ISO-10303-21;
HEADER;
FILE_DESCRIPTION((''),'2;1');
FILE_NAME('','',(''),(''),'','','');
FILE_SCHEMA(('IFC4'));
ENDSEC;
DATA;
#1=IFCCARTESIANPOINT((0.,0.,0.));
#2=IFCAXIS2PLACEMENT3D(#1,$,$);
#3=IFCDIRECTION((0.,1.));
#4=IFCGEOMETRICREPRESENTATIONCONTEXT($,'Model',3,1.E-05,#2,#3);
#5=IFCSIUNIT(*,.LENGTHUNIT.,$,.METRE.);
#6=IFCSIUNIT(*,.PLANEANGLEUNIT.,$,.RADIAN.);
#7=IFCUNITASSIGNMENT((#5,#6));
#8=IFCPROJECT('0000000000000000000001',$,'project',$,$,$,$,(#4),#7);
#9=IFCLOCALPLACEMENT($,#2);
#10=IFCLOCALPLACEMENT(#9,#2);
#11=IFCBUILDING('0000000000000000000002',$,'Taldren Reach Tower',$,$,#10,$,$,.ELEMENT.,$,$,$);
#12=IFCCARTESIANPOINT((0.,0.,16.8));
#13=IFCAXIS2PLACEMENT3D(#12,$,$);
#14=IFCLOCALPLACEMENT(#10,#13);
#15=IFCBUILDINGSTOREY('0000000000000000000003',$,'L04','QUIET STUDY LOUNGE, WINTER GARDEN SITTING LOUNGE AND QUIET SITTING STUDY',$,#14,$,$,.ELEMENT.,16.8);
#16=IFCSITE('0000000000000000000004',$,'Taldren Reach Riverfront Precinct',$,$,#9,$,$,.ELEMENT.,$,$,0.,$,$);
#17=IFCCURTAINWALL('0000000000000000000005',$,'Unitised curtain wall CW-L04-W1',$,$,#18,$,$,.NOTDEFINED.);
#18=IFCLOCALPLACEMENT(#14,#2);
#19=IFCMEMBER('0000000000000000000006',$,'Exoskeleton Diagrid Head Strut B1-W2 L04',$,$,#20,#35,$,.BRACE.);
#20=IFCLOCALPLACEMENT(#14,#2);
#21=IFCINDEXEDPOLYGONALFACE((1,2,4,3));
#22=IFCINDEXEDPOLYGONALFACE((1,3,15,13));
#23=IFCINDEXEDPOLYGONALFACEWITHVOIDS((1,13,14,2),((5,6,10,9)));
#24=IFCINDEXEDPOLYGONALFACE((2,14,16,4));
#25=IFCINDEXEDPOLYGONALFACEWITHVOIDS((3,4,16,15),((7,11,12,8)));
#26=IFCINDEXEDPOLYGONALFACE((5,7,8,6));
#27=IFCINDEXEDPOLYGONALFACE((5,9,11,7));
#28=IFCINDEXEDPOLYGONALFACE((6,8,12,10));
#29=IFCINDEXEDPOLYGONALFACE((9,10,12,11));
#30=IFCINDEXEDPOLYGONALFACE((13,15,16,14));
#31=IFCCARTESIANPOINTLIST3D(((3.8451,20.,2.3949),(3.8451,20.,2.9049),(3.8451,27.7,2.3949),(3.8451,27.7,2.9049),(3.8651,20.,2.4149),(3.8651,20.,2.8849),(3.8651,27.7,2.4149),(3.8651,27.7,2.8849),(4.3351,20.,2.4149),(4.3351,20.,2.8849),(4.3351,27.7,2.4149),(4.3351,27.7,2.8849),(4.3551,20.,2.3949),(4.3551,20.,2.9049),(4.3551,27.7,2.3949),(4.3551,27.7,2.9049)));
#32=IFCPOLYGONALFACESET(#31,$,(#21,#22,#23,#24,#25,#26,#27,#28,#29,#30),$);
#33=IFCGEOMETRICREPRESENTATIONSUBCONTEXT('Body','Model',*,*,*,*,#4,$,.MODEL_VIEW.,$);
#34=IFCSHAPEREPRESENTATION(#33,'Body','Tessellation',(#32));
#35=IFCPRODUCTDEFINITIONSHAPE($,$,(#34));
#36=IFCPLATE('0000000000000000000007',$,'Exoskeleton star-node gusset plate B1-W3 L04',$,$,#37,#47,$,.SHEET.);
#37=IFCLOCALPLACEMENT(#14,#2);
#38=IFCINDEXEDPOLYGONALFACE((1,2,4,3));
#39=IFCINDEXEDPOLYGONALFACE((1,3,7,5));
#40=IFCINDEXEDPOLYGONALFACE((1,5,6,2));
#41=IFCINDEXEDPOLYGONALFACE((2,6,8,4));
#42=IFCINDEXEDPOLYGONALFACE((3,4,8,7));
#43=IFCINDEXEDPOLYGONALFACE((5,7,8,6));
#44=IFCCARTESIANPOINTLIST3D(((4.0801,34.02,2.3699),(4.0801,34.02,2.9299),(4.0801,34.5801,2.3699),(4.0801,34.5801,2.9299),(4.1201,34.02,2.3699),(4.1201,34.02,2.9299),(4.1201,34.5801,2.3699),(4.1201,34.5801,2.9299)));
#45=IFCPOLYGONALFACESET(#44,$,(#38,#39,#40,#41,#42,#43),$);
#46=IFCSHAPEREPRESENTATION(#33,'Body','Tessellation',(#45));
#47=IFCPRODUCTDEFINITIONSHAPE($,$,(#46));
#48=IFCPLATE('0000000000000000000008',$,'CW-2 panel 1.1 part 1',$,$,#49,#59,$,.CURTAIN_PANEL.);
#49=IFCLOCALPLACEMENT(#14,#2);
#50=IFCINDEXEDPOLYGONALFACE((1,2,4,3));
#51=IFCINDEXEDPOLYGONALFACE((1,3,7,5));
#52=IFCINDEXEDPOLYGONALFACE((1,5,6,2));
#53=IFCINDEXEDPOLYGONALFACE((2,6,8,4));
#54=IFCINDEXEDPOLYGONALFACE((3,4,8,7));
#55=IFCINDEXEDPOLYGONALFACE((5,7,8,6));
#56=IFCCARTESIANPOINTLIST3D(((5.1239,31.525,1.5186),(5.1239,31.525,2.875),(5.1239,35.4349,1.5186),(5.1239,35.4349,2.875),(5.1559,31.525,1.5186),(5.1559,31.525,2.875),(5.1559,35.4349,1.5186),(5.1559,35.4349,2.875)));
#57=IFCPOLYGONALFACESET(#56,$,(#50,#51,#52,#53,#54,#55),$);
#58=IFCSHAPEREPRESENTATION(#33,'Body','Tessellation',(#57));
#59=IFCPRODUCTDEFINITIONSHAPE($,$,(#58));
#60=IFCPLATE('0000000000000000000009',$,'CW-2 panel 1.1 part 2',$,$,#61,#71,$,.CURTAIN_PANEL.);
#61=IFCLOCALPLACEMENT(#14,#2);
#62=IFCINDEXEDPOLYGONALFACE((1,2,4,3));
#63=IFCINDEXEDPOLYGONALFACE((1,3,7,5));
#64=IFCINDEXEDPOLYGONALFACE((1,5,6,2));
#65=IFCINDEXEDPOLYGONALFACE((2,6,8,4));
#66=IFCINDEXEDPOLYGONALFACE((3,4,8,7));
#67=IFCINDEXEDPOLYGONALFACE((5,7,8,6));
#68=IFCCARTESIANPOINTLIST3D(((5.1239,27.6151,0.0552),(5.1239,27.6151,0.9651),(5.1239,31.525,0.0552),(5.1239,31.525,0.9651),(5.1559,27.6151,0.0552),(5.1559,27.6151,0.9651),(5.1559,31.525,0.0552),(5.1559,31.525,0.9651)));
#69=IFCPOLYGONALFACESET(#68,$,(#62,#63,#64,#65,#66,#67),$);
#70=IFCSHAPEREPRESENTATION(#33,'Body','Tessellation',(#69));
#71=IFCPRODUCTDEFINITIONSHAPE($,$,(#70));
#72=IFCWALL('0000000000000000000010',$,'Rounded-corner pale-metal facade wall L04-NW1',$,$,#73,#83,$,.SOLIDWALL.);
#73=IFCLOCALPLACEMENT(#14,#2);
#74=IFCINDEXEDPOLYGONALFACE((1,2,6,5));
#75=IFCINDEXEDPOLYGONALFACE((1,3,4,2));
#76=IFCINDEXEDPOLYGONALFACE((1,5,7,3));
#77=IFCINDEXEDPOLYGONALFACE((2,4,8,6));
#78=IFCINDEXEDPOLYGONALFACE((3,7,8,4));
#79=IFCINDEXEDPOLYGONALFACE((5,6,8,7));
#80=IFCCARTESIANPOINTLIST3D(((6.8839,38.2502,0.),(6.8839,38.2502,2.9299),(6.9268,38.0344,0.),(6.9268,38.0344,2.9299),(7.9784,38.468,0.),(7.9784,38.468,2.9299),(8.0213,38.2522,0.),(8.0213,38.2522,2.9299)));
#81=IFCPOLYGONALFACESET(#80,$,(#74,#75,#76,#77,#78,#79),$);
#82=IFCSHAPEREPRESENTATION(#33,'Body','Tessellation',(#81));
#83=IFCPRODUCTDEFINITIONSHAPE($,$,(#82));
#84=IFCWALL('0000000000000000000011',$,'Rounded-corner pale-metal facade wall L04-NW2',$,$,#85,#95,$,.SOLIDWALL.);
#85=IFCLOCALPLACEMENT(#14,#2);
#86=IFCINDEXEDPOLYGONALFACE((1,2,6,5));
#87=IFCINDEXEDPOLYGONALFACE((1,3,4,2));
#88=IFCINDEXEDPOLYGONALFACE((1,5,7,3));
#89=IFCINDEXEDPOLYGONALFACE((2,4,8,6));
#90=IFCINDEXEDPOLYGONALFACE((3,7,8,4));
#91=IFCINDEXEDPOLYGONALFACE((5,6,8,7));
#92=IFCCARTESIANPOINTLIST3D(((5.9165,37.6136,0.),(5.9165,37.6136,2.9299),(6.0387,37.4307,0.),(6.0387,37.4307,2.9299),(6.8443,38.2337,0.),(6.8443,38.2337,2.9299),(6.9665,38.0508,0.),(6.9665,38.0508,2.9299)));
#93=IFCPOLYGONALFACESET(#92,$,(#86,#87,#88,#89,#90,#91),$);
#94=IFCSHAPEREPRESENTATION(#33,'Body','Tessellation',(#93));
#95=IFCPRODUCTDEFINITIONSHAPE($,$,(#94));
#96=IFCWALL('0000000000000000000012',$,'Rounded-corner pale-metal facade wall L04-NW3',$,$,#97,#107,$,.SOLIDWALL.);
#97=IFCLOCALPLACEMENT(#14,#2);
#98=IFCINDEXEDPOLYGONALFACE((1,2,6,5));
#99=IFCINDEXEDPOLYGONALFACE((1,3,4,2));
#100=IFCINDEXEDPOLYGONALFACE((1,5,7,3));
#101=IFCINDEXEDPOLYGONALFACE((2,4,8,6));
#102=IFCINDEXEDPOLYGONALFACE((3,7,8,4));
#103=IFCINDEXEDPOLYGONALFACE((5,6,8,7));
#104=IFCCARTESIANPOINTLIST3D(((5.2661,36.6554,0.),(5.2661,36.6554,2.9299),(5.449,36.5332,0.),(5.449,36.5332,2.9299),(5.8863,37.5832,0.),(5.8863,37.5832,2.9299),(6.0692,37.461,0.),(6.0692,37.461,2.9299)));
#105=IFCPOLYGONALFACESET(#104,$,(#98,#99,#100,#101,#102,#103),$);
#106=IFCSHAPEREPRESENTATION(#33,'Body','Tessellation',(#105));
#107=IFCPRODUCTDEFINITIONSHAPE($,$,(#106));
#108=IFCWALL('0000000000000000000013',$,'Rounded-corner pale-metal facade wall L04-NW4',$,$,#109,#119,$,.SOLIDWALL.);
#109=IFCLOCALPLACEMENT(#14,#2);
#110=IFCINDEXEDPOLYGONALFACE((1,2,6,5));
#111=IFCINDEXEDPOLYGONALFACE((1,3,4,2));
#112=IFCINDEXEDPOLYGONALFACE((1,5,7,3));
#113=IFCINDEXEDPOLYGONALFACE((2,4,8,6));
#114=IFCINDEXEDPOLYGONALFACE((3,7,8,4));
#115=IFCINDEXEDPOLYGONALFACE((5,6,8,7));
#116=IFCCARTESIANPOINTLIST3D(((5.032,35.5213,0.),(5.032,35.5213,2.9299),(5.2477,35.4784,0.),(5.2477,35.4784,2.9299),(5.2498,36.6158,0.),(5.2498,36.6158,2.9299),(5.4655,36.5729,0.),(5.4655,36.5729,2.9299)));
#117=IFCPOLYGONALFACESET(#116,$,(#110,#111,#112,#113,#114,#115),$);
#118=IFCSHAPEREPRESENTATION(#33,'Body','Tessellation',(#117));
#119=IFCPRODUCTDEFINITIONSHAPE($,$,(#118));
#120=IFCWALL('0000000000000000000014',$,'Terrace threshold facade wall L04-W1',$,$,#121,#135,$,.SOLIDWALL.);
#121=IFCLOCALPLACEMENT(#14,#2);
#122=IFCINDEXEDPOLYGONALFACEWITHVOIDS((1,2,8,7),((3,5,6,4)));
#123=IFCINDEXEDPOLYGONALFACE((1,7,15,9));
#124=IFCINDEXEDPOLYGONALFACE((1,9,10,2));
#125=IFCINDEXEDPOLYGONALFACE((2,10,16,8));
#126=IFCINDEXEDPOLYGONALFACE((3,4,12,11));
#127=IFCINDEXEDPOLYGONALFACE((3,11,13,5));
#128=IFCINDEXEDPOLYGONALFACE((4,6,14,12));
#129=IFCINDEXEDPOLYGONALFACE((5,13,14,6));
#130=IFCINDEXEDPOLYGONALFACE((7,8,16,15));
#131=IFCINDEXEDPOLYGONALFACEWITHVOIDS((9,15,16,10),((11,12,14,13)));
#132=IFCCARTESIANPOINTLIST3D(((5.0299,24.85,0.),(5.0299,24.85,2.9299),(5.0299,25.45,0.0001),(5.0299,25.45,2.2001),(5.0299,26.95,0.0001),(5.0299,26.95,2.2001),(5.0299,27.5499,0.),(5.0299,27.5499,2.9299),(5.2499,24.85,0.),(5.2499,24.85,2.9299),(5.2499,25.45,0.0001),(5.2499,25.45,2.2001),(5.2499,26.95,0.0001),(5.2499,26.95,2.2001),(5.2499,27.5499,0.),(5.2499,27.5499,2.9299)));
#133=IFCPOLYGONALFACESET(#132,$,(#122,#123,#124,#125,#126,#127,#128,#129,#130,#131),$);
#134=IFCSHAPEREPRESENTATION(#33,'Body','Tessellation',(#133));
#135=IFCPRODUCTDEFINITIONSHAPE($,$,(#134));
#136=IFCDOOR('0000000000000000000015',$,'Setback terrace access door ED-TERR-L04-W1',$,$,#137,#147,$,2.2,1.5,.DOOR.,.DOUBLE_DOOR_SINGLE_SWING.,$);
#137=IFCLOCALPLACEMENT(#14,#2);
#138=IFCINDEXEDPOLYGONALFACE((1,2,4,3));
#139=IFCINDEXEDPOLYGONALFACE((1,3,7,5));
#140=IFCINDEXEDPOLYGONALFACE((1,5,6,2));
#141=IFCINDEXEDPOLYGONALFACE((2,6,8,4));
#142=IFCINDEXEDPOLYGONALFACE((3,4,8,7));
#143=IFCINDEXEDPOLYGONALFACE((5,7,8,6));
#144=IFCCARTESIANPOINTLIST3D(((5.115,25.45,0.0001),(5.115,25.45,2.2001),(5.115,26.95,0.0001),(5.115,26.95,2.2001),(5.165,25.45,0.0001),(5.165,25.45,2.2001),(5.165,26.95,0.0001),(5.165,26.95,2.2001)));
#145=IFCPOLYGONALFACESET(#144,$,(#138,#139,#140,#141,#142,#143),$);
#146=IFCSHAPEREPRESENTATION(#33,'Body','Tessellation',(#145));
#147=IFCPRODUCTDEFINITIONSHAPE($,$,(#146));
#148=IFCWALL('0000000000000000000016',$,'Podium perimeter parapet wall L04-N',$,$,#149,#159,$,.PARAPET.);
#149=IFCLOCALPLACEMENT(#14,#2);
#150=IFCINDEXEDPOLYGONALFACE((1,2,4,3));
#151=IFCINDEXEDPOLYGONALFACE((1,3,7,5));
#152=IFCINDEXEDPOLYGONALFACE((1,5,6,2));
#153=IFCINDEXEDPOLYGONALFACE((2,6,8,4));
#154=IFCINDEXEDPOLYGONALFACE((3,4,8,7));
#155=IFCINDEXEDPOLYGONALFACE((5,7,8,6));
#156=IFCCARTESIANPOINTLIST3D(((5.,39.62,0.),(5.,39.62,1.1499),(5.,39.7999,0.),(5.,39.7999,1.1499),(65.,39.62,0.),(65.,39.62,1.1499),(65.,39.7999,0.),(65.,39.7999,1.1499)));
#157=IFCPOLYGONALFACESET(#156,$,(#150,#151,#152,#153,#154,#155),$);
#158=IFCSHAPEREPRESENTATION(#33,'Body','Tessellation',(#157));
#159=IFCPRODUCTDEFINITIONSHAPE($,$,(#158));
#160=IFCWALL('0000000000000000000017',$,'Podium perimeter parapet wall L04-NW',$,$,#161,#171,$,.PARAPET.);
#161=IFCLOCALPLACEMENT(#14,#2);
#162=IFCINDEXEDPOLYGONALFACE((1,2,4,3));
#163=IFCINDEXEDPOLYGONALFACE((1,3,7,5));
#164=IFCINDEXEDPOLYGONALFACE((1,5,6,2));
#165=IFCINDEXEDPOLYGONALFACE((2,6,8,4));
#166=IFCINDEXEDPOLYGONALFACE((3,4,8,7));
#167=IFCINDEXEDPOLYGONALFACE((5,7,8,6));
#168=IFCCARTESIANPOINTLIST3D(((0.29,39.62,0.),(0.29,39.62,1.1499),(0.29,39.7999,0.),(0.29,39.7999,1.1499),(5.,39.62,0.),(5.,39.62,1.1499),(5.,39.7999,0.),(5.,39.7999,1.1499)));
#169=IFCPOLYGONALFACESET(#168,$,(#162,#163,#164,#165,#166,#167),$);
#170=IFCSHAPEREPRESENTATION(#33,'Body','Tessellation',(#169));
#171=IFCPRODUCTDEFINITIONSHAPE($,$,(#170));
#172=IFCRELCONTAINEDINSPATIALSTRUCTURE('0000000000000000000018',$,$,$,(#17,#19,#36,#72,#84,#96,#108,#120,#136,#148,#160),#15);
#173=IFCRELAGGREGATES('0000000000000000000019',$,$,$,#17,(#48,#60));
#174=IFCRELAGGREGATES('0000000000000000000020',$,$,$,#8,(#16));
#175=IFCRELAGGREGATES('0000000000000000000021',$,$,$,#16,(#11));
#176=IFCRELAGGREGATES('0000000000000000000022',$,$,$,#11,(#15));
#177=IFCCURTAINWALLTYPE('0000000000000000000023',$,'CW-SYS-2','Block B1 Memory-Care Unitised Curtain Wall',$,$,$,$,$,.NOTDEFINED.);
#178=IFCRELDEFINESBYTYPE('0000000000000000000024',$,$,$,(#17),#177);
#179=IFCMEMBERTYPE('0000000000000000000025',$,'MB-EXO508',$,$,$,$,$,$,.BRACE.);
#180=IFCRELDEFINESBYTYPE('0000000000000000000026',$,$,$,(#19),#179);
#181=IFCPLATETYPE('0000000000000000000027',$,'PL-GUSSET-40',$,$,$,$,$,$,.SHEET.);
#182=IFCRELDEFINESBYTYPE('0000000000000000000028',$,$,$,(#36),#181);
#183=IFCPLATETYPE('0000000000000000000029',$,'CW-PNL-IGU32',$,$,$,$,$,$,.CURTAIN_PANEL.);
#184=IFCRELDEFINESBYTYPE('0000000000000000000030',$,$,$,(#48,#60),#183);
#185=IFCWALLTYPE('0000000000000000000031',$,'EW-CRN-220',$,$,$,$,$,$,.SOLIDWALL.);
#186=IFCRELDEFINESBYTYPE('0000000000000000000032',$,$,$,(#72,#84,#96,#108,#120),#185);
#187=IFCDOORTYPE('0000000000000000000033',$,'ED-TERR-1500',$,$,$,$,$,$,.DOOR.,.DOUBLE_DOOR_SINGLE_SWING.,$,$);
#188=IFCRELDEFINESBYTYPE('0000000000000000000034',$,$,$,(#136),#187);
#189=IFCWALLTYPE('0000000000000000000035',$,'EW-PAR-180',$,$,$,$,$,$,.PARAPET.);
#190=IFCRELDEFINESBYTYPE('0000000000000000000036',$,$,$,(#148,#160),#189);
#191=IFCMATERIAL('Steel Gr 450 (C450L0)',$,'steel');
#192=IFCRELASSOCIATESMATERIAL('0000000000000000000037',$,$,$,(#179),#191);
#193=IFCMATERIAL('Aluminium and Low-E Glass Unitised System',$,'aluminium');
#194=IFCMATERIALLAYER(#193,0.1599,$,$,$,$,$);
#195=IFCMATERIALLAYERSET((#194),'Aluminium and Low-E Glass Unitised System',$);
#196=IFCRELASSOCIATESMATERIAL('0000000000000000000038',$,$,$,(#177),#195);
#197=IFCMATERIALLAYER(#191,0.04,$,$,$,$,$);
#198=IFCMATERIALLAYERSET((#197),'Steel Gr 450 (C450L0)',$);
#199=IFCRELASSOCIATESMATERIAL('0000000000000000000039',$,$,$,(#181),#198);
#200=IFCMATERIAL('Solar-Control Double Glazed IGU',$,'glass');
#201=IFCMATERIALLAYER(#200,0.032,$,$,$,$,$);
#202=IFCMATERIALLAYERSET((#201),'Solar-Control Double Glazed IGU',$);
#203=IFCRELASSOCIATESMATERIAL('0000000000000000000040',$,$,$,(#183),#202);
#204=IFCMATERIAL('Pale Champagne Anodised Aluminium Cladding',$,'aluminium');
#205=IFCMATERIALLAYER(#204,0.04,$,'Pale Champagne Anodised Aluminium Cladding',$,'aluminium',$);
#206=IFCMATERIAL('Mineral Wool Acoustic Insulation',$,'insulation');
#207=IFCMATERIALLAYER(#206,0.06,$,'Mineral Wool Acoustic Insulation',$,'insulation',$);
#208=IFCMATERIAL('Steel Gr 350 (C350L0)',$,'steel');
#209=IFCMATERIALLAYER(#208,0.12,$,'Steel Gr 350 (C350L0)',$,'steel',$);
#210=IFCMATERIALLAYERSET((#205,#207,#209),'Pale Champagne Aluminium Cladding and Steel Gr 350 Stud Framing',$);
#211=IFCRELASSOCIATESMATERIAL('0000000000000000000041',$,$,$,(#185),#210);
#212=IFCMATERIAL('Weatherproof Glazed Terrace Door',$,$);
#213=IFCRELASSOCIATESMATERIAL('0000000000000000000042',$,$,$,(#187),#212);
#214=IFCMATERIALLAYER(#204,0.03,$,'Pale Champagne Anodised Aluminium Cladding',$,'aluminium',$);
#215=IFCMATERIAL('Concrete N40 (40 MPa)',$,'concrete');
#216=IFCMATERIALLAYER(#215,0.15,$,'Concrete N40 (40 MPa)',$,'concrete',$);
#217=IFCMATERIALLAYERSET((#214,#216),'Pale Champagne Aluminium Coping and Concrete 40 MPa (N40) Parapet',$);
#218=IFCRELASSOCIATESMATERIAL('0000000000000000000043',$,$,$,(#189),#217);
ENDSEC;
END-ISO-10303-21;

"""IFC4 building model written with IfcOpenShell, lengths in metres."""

from ifc_helpers import new_model, si_unit, direction, frame, frame_2d, origin, origin_2d, place, context, subcontext, project, spatial, rectangle, hollow_rectangle, extrude, source, transform, mapped, material, layer, layer_set, material_profile, profile_set, type_object, element, fill, aggregate, save


model = new_model("IFC4")

# Units and contexts
model_context = context("Model", 3, precision=1e-05, world=origin(), true_north=direction((0.0, 1.0)))
body_context = subcontext(model_context, "Body", "Model", "MODEL_VIEW")
ifc_project = project(units=[si_unit("LENGTHUNIT", "METRE"), si_unit("PLANEANGLEUNIT", "RADIAN")], contexts=[model_context])

# Site, building, storey
site_placement = place(None, origin())
site = spatial("IfcSite", under=ifc_project, at=site_placement, Name="Taldren Reach Riverfront Precinct", CompositionType="ELEMENT", RefElevation=0.0)
building_placement = place(site_placement, origin())
building = spatial("IfcBuilding", under=site, at=building_placement, Name="Taldren Reach Tower", CompositionType="ELEMENT")
storey_placement = place(building_placement, frame((0.0, 0.0, 16.8)))
storey = spatial("IfcBuildingStorey", under=building, at=storey_placement, Name="L04", Description="QUIET STUDY LOUNGE, WINTER GARDEN SITTING LOUNGE AND QUIET SITTING STUDY", CompositionType="ELEMENT", Elevation=16.8)

# Shared definitions
ifc_material_1 = material(Name="Steel Gr 450 (C450L0)", Category="steel")
ifc_material_2 = material(Name="Steel Gr 350 (C350L0)", Category="steel")
ifc_material_profile_1 = material_profile(ifc_material_1, hollow_rectangle(XDim=0.51, YDim=0.51, WallThickness=0.02, at=origin_2d()), Name="510x510x20.0SHS")
ifc_profile_set_1 = profile_set([ifc_material_profile_1], Name="Steel Gr 450 (C450L0)")
member_type_1 = type_object("IfcMemberType", Name="MB-EXO508", PredefinedType="BRACE", material=ifc_profile_set_1)

# Shared definitions
ifc_material_3 = material(Name="Aluminium and Low-E Glass Unitised System", Category="aluminium")
ifc_layer_1 = layer(ifc_material_3, 0.1599)
ifc_layer_set_1 = layer_set([ifc_layer_1], Name="Aluminium and Low-E Glass Unitised System")
curtain_wall_type = type_object("IfcCurtainWallType", Name="CW-SYS-2", Description="Block B1 Memory-Care Unitised Curtain Wall", PredefinedType="NOTDEFINED", material=ifc_layer_set_1)

# Curtain wall
curtain_wall_1_placement = place(storey_placement, origin())
curtain_wall_1 = element("IfcCurtainWall", 1, at=curtain_wall_1_placement, inside=storey, type_object=curtain_wall_type, Name="Unitised curtain wall CW-L04-W1", PredefinedType="NOTDEFINED")

# Member
shared_shape_1 = source(origin(), body_context, "Body", "SweptSolid", [
    extrude(hollow_rectangle(XDim=0.51, YDim=0.51, WallThickness=0.02, at=origin_2d()), origin(), (0.0, 0.0, 1.0), 7.7),
])
member_1_placement = place(storey_placement, frame((4.1001, 27.7, 2.6499), z_axis=(0.0, -1.0, 0.0), x_axis=(1.0, 0.0, 0.0)))
element("IfcMember", 2, at=member_1_placement, inside=storey, type_object=member_type_1, Name="Exoskeleton Diagrid Head Strut B1-W2 L04", PredefinedType="BRACE", context=body_context, shape_type="MappedRepresentation", body=[
    mapped(shared_shape_1, transform((0.0, 0.0, 0.0), scale=1.0)),
])

# Plates
ifc_layer_2 = layer(ifc_material_1, 0.04)
ifc_layer_set_2 = layer_set([ifc_layer_2], Name="Steel Gr 450 (C450L0)")
plate_type_1 = type_object("IfcPlateType", Name="PL-GUSSET-40", PredefinedType="SHEET", material=ifc_layer_set_2)
shared_shape_2 = source(origin(), body_context, "Body", "SweptSolid", [
    extrude(rectangle(XDim=0.5601, YDim=0.04, at=origin_2d()), origin(), (0.0, 0.0, 1.0), 0.5601),
])
plate_1_placement = place(storey_placement, frame((4.1001, 34.3, 2.3699), z_axis=(0.0, 0.0, 1.0), x_axis=(0.0, 1.0, 0.0)))
element("IfcPlate", 3, at=plate_1_placement, inside=storey, type_object=plate_type_1, Name="Exoskeleton star-node gusset plate B1-W3 L04", PredefinedType="SHEET", context=body_context, shape_type="MappedRepresentation", body=[
    mapped(shared_shape_2, transform((0.0, 0.0, 0.0), scale=1.0)),
])
ifc_material_4 = material(Name="Solar-Control Double Glazed IGU", Category="glass")
ifc_layer_3 = layer(ifc_material_4, 0.032)
ifc_layer_set_3 = layer_set([ifc_layer_3], Name="Solar-Control Double Glazed IGU")
plate_type_2 = type_object("IfcPlateType", Name="CW-PNL-IGU32", PredefinedType="CURTAIN_PANEL", material=ifc_layer_set_3)
shared_shape_3 = source(origin(), body_context, "Body", "SweptSolid", [
    extrude(rectangle(XDim=3.9099, YDim=0.032, at=origin_2d()), origin(), (0.0, 0.0, 1.0), 1.3564),
])
plate_2_placement = place(storey_placement, frame((5.1399, 33.48, 1.5186), z_axis=(0.0, 0.0, 1.0), x_axis=(0.0, -1.0, 0.0)))
plate_2 = element("IfcPlate", 4, at=plate_2_placement, type_object=plate_type_2, Name="CW-2 panel 1.1 part 1", PredefinedType="CURTAIN_PANEL", context=body_context, shape_type="MappedRepresentation", body=[
    mapped(shared_shape_3, transform((0.0, 0.0, 0.0), scale=1.0)),
])
shared_shape_4 = source(origin(), body_context, "Body", "SweptSolid", [
    extrude(rectangle(XDim=3.9099, YDim=0.032, at=origin_2d()), origin(), (0.0, 0.0, 1.0), 0.9099),
])
plate_3_placement = place(storey_placement, frame((5.1399, 29.5701, 0.0552), z_axis=(0.0, 0.0, 1.0), x_axis=(0.0, -1.0, 0.0)))
plate_3 = element("IfcPlate", 5, at=plate_3_placement, type_object=plate_type_2, Name="CW-2 panel 1.1 part 2", PredefinedType="CURTAIN_PANEL", context=body_context, shape_type="MappedRepresentation", body=[
    mapped(shared_shape_4, transform((0.0, 0.0, 0.0), scale=1.0)),
])
aggregate(curtain_wall_1, [plate_2, plate_3])

# Walls
ifc_material_5 = material(Name="Pale Champagne Anodised Aluminium Cladding", Category="aluminium")
ifc_layer_4 = layer(ifc_material_5, 0.04, Name="Pale Champagne Anodised Aluminium Cladding", Category="aluminium")
ifc_material_6 = material(Name="Mineral Wool Acoustic Insulation", Category="insulation")
ifc_layer_5 = layer(ifc_material_6, 0.06, Name="Mineral Wool Acoustic Insulation", Category="insulation")
ifc_layer_6 = layer(ifc_material_2, 0.12, Name="Steel Gr 350 (C350L0)", Category="steel")
ifc_layer_set_4 = layer_set([ifc_layer_4, ifc_layer_5, ifc_layer_6], Name="Pale Champagne Aluminium Cladding and Steel Gr 350 Stud Framing")
wall_type_1 = type_object("IfcWallType", Name="EW-CRN-220", PredefinedType="SOLIDWALL", material=ifc_layer_set_4)
shared_shape_5 = source(origin(), body_context, "Body", "SweptSolid", [
    extrude(rectangle(XDim=1.116, YDim=0.22, at=frame_2d((0.5581, 0.0))), origin(), (0.0, 0.0, 1.0), 2.9299),
])
for number, where, z_axis, x_axis, name in (
    (6, (8.0, 38.3601, 0.0), (0.0, 0.0, 1.0), (-0.980774, -0.195148, 0.0), "Rounded-corner pale-metal facade wall L04-NW1"),
    (7, (6.9055, 38.1423, 0.0), (0.0, 0.0, 1.0), (-0.831377, -0.55571, 0.0), "Rounded-corner pale-metal facade wall L04-NW2"),
    (8, (5.9778, 37.5222, 0.0), (0.0, 0.0, 1.0), (-0.55571, -0.831377, 0.0), "Rounded-corner pale-metal facade wall L04-NW3"),
    (9, (5.3577, 36.5945, 0.0), (0.0, 0.0, 1.0), (-0.195148, -0.980774, 0.0), "Rounded-corner pale-metal facade wall L04-NW4"),
):
    element("IfcWall", number, at=place(storey_placement, frame(where, z_axis=z_axis, x_axis=x_axis)), inside=storey, type_object=wall_type_1, Name=name, PredefinedType="SOLIDWALL", context=body_context, shape_type="MappedRepresentation", body=[
        mapped(shared_shape_5, transform((0.0, 0.0, 0.0), scale=1.0)),
    ])

# Wall, opening, door
shared_shape_6 = source(origin(), body_context, "Body", "SweptSolid", [
    extrude(rectangle(XDim=2.7, YDim=0.22, at=frame_2d((1.3501, 0.0))), origin(), (0.0, 0.0, 1.0), 2.9299),
])
wall_1_placement = place(storey_placement, frame((5.1399, 27.55, 0.0), z_axis=(0.0, 0.0, 1.0), x_axis=(0.0, -1.0, 0.0)))
wall_1 = element("IfcWall", 10, at=wall_1_placement, inside=storey, type_object=wall_type_1, Name="Terrace threshold facade wall L04-W1", PredefinedType="SOLIDWALL", context=body_context, shape_type="MappedRepresentation", body=[
    mapped(shared_shape_6, transform((0.0, 0.0, 0.0), scale=1.0)),
])
shared_shape_7 = source(origin(), body_context, "Body", "SweptSolid", [
    extrude(rectangle(XDim=1.5, YDim=2.2, at=frame_2d((0.75, 1.1001))), frame((0.0, 0.1201, 0.0), z_axis=(0.0, -1.0, 0.0), x_axis=(1.0, 0.0, 0.0)), (0.0, 0.0, 1.0), 0.24),
])
opening_placement = place(wall_1_placement, frame((0.6001, 0.0, 0.0)))
opening = element("IfcOpeningElement", 11, at=opening_placement, cuts=wall_1, PredefinedType="OPENING", context=body_context, shape_type="MappedRepresentation", body=[
    mapped(shared_shape_7, transform((0.0, 0.0, 0.0), scale=1.0)),
])
ifc_material_7 = material(Name="Weatherproof Glazed Terrace Door")
door_type = type_object("IfcDoorType", Name="ED-TERR-1500", OperationType="DOUBLE_DOOR_SINGLE_SWING", PredefinedType="DOOR", material=ifc_material_7)
shared_shape_8 = source(origin(), body_context, "Body", "SweptSolid", [
    extrude(rectangle(XDim=1.5, YDim=2.2, at=frame_2d((0.75, 1.1001))), frame((0.0, 0.0249, 0.0), z_axis=(0.0, -1.0, 0.0), x_axis=(1.0, 0.0, 0.0)), (0.0, 0.0, 1.0), 0.05),
])
door_placement = place(opening_placement, frame((1.5, 0.0, 0.0), z_axis=(0.0, 0.0, 1.0), x_axis=(-1.0, 0.0, 0.0)))
door = element("IfcDoor", 12, at=door_placement, inside=storey, type_object=door_type, Name="Setback terrace access door ED-TERR-L04-W1", OperationType="DOUBLE_DOOR_SINGLE_SWING", OverallHeight=2.2, OverallWidth=1.5, PredefinedType="DOOR", context=body_context, shape_type="MappedRepresentation", body=[
    mapped(shared_shape_8, transform((0.0, 0.0, 0.0), scale=1.0)),
])
fill(opening, door)

# Walls
ifc_layer_7 = layer(ifc_material_5, 0.03, Name="Pale Champagne Anodised Aluminium Cladding", Category="aluminium")
ifc_material_8 = material(Name="Concrete N40 (40 MPa)", Category="concrete")
ifc_layer_8 = layer(ifc_material_8, 0.15, Name="Concrete N40 (40 MPa)", Category="concrete")
ifc_layer_set_5 = layer_set([ifc_layer_7, ifc_layer_8], Name="Pale Champagne Aluminium Coping and Concrete 40 MPa (N40) Parapet")
wall_type_2 = type_object("IfcWallType", Name="EW-PAR-180", PredefinedType="PARAPET", material=ifc_layer_set_5)
shared_shape_9 = source(origin(), body_context, "Body", "SweptSolid", [
    extrude(rectangle(XDim=60.0, YDim=0.1799, at=frame_2d((30.0, 0.0))), origin(), (0.0, 0.0, 1.0), 1.1499),
])
wall_2_placement = place(storey_placement, frame((5.0, 39.71, 0.0), z_axis=(0.0, 0.0, 1.0), x_axis=(1.0, 0.0, 0.0)))
element("IfcWall", 13, at=wall_2_placement, inside=storey, type_object=wall_type_2, Name="Podium perimeter parapet wall L04-N", PredefinedType="PARAPET", context=body_context, shape_type="MappedRepresentation", body=[
    mapped(shared_shape_9, transform((0.0, 0.0, 0.0), scale=1.0)),
])
shared_shape_10 = source(origin(), body_context, "Body", "SweptSolid", [
    extrude(rectangle(XDim=4.71, YDim=0.1799, at=frame_2d((2.355, 0.0))), origin(), (0.0, 0.0, 1.0), 1.1499),
])
wall_3_placement = place(storey_placement, frame((0.29, 39.71, 0.0), z_axis=(0.0, 0.0, 1.0), x_axis=(1.0, 0.0, 0.0)))
element("IfcWall", 14, at=wall_3_placement, inside=storey, type_object=wall_type_2, Name="Podium perimeter parapet wall L04-NW", PredefinedType="PARAPET", context=body_context, shape_type="MappedRepresentation", body=[
    mapped(shared_shape_10, transform((0.0, 0.0, 0.0), scale=1.0)),
])

save(model, "model.ifc")
